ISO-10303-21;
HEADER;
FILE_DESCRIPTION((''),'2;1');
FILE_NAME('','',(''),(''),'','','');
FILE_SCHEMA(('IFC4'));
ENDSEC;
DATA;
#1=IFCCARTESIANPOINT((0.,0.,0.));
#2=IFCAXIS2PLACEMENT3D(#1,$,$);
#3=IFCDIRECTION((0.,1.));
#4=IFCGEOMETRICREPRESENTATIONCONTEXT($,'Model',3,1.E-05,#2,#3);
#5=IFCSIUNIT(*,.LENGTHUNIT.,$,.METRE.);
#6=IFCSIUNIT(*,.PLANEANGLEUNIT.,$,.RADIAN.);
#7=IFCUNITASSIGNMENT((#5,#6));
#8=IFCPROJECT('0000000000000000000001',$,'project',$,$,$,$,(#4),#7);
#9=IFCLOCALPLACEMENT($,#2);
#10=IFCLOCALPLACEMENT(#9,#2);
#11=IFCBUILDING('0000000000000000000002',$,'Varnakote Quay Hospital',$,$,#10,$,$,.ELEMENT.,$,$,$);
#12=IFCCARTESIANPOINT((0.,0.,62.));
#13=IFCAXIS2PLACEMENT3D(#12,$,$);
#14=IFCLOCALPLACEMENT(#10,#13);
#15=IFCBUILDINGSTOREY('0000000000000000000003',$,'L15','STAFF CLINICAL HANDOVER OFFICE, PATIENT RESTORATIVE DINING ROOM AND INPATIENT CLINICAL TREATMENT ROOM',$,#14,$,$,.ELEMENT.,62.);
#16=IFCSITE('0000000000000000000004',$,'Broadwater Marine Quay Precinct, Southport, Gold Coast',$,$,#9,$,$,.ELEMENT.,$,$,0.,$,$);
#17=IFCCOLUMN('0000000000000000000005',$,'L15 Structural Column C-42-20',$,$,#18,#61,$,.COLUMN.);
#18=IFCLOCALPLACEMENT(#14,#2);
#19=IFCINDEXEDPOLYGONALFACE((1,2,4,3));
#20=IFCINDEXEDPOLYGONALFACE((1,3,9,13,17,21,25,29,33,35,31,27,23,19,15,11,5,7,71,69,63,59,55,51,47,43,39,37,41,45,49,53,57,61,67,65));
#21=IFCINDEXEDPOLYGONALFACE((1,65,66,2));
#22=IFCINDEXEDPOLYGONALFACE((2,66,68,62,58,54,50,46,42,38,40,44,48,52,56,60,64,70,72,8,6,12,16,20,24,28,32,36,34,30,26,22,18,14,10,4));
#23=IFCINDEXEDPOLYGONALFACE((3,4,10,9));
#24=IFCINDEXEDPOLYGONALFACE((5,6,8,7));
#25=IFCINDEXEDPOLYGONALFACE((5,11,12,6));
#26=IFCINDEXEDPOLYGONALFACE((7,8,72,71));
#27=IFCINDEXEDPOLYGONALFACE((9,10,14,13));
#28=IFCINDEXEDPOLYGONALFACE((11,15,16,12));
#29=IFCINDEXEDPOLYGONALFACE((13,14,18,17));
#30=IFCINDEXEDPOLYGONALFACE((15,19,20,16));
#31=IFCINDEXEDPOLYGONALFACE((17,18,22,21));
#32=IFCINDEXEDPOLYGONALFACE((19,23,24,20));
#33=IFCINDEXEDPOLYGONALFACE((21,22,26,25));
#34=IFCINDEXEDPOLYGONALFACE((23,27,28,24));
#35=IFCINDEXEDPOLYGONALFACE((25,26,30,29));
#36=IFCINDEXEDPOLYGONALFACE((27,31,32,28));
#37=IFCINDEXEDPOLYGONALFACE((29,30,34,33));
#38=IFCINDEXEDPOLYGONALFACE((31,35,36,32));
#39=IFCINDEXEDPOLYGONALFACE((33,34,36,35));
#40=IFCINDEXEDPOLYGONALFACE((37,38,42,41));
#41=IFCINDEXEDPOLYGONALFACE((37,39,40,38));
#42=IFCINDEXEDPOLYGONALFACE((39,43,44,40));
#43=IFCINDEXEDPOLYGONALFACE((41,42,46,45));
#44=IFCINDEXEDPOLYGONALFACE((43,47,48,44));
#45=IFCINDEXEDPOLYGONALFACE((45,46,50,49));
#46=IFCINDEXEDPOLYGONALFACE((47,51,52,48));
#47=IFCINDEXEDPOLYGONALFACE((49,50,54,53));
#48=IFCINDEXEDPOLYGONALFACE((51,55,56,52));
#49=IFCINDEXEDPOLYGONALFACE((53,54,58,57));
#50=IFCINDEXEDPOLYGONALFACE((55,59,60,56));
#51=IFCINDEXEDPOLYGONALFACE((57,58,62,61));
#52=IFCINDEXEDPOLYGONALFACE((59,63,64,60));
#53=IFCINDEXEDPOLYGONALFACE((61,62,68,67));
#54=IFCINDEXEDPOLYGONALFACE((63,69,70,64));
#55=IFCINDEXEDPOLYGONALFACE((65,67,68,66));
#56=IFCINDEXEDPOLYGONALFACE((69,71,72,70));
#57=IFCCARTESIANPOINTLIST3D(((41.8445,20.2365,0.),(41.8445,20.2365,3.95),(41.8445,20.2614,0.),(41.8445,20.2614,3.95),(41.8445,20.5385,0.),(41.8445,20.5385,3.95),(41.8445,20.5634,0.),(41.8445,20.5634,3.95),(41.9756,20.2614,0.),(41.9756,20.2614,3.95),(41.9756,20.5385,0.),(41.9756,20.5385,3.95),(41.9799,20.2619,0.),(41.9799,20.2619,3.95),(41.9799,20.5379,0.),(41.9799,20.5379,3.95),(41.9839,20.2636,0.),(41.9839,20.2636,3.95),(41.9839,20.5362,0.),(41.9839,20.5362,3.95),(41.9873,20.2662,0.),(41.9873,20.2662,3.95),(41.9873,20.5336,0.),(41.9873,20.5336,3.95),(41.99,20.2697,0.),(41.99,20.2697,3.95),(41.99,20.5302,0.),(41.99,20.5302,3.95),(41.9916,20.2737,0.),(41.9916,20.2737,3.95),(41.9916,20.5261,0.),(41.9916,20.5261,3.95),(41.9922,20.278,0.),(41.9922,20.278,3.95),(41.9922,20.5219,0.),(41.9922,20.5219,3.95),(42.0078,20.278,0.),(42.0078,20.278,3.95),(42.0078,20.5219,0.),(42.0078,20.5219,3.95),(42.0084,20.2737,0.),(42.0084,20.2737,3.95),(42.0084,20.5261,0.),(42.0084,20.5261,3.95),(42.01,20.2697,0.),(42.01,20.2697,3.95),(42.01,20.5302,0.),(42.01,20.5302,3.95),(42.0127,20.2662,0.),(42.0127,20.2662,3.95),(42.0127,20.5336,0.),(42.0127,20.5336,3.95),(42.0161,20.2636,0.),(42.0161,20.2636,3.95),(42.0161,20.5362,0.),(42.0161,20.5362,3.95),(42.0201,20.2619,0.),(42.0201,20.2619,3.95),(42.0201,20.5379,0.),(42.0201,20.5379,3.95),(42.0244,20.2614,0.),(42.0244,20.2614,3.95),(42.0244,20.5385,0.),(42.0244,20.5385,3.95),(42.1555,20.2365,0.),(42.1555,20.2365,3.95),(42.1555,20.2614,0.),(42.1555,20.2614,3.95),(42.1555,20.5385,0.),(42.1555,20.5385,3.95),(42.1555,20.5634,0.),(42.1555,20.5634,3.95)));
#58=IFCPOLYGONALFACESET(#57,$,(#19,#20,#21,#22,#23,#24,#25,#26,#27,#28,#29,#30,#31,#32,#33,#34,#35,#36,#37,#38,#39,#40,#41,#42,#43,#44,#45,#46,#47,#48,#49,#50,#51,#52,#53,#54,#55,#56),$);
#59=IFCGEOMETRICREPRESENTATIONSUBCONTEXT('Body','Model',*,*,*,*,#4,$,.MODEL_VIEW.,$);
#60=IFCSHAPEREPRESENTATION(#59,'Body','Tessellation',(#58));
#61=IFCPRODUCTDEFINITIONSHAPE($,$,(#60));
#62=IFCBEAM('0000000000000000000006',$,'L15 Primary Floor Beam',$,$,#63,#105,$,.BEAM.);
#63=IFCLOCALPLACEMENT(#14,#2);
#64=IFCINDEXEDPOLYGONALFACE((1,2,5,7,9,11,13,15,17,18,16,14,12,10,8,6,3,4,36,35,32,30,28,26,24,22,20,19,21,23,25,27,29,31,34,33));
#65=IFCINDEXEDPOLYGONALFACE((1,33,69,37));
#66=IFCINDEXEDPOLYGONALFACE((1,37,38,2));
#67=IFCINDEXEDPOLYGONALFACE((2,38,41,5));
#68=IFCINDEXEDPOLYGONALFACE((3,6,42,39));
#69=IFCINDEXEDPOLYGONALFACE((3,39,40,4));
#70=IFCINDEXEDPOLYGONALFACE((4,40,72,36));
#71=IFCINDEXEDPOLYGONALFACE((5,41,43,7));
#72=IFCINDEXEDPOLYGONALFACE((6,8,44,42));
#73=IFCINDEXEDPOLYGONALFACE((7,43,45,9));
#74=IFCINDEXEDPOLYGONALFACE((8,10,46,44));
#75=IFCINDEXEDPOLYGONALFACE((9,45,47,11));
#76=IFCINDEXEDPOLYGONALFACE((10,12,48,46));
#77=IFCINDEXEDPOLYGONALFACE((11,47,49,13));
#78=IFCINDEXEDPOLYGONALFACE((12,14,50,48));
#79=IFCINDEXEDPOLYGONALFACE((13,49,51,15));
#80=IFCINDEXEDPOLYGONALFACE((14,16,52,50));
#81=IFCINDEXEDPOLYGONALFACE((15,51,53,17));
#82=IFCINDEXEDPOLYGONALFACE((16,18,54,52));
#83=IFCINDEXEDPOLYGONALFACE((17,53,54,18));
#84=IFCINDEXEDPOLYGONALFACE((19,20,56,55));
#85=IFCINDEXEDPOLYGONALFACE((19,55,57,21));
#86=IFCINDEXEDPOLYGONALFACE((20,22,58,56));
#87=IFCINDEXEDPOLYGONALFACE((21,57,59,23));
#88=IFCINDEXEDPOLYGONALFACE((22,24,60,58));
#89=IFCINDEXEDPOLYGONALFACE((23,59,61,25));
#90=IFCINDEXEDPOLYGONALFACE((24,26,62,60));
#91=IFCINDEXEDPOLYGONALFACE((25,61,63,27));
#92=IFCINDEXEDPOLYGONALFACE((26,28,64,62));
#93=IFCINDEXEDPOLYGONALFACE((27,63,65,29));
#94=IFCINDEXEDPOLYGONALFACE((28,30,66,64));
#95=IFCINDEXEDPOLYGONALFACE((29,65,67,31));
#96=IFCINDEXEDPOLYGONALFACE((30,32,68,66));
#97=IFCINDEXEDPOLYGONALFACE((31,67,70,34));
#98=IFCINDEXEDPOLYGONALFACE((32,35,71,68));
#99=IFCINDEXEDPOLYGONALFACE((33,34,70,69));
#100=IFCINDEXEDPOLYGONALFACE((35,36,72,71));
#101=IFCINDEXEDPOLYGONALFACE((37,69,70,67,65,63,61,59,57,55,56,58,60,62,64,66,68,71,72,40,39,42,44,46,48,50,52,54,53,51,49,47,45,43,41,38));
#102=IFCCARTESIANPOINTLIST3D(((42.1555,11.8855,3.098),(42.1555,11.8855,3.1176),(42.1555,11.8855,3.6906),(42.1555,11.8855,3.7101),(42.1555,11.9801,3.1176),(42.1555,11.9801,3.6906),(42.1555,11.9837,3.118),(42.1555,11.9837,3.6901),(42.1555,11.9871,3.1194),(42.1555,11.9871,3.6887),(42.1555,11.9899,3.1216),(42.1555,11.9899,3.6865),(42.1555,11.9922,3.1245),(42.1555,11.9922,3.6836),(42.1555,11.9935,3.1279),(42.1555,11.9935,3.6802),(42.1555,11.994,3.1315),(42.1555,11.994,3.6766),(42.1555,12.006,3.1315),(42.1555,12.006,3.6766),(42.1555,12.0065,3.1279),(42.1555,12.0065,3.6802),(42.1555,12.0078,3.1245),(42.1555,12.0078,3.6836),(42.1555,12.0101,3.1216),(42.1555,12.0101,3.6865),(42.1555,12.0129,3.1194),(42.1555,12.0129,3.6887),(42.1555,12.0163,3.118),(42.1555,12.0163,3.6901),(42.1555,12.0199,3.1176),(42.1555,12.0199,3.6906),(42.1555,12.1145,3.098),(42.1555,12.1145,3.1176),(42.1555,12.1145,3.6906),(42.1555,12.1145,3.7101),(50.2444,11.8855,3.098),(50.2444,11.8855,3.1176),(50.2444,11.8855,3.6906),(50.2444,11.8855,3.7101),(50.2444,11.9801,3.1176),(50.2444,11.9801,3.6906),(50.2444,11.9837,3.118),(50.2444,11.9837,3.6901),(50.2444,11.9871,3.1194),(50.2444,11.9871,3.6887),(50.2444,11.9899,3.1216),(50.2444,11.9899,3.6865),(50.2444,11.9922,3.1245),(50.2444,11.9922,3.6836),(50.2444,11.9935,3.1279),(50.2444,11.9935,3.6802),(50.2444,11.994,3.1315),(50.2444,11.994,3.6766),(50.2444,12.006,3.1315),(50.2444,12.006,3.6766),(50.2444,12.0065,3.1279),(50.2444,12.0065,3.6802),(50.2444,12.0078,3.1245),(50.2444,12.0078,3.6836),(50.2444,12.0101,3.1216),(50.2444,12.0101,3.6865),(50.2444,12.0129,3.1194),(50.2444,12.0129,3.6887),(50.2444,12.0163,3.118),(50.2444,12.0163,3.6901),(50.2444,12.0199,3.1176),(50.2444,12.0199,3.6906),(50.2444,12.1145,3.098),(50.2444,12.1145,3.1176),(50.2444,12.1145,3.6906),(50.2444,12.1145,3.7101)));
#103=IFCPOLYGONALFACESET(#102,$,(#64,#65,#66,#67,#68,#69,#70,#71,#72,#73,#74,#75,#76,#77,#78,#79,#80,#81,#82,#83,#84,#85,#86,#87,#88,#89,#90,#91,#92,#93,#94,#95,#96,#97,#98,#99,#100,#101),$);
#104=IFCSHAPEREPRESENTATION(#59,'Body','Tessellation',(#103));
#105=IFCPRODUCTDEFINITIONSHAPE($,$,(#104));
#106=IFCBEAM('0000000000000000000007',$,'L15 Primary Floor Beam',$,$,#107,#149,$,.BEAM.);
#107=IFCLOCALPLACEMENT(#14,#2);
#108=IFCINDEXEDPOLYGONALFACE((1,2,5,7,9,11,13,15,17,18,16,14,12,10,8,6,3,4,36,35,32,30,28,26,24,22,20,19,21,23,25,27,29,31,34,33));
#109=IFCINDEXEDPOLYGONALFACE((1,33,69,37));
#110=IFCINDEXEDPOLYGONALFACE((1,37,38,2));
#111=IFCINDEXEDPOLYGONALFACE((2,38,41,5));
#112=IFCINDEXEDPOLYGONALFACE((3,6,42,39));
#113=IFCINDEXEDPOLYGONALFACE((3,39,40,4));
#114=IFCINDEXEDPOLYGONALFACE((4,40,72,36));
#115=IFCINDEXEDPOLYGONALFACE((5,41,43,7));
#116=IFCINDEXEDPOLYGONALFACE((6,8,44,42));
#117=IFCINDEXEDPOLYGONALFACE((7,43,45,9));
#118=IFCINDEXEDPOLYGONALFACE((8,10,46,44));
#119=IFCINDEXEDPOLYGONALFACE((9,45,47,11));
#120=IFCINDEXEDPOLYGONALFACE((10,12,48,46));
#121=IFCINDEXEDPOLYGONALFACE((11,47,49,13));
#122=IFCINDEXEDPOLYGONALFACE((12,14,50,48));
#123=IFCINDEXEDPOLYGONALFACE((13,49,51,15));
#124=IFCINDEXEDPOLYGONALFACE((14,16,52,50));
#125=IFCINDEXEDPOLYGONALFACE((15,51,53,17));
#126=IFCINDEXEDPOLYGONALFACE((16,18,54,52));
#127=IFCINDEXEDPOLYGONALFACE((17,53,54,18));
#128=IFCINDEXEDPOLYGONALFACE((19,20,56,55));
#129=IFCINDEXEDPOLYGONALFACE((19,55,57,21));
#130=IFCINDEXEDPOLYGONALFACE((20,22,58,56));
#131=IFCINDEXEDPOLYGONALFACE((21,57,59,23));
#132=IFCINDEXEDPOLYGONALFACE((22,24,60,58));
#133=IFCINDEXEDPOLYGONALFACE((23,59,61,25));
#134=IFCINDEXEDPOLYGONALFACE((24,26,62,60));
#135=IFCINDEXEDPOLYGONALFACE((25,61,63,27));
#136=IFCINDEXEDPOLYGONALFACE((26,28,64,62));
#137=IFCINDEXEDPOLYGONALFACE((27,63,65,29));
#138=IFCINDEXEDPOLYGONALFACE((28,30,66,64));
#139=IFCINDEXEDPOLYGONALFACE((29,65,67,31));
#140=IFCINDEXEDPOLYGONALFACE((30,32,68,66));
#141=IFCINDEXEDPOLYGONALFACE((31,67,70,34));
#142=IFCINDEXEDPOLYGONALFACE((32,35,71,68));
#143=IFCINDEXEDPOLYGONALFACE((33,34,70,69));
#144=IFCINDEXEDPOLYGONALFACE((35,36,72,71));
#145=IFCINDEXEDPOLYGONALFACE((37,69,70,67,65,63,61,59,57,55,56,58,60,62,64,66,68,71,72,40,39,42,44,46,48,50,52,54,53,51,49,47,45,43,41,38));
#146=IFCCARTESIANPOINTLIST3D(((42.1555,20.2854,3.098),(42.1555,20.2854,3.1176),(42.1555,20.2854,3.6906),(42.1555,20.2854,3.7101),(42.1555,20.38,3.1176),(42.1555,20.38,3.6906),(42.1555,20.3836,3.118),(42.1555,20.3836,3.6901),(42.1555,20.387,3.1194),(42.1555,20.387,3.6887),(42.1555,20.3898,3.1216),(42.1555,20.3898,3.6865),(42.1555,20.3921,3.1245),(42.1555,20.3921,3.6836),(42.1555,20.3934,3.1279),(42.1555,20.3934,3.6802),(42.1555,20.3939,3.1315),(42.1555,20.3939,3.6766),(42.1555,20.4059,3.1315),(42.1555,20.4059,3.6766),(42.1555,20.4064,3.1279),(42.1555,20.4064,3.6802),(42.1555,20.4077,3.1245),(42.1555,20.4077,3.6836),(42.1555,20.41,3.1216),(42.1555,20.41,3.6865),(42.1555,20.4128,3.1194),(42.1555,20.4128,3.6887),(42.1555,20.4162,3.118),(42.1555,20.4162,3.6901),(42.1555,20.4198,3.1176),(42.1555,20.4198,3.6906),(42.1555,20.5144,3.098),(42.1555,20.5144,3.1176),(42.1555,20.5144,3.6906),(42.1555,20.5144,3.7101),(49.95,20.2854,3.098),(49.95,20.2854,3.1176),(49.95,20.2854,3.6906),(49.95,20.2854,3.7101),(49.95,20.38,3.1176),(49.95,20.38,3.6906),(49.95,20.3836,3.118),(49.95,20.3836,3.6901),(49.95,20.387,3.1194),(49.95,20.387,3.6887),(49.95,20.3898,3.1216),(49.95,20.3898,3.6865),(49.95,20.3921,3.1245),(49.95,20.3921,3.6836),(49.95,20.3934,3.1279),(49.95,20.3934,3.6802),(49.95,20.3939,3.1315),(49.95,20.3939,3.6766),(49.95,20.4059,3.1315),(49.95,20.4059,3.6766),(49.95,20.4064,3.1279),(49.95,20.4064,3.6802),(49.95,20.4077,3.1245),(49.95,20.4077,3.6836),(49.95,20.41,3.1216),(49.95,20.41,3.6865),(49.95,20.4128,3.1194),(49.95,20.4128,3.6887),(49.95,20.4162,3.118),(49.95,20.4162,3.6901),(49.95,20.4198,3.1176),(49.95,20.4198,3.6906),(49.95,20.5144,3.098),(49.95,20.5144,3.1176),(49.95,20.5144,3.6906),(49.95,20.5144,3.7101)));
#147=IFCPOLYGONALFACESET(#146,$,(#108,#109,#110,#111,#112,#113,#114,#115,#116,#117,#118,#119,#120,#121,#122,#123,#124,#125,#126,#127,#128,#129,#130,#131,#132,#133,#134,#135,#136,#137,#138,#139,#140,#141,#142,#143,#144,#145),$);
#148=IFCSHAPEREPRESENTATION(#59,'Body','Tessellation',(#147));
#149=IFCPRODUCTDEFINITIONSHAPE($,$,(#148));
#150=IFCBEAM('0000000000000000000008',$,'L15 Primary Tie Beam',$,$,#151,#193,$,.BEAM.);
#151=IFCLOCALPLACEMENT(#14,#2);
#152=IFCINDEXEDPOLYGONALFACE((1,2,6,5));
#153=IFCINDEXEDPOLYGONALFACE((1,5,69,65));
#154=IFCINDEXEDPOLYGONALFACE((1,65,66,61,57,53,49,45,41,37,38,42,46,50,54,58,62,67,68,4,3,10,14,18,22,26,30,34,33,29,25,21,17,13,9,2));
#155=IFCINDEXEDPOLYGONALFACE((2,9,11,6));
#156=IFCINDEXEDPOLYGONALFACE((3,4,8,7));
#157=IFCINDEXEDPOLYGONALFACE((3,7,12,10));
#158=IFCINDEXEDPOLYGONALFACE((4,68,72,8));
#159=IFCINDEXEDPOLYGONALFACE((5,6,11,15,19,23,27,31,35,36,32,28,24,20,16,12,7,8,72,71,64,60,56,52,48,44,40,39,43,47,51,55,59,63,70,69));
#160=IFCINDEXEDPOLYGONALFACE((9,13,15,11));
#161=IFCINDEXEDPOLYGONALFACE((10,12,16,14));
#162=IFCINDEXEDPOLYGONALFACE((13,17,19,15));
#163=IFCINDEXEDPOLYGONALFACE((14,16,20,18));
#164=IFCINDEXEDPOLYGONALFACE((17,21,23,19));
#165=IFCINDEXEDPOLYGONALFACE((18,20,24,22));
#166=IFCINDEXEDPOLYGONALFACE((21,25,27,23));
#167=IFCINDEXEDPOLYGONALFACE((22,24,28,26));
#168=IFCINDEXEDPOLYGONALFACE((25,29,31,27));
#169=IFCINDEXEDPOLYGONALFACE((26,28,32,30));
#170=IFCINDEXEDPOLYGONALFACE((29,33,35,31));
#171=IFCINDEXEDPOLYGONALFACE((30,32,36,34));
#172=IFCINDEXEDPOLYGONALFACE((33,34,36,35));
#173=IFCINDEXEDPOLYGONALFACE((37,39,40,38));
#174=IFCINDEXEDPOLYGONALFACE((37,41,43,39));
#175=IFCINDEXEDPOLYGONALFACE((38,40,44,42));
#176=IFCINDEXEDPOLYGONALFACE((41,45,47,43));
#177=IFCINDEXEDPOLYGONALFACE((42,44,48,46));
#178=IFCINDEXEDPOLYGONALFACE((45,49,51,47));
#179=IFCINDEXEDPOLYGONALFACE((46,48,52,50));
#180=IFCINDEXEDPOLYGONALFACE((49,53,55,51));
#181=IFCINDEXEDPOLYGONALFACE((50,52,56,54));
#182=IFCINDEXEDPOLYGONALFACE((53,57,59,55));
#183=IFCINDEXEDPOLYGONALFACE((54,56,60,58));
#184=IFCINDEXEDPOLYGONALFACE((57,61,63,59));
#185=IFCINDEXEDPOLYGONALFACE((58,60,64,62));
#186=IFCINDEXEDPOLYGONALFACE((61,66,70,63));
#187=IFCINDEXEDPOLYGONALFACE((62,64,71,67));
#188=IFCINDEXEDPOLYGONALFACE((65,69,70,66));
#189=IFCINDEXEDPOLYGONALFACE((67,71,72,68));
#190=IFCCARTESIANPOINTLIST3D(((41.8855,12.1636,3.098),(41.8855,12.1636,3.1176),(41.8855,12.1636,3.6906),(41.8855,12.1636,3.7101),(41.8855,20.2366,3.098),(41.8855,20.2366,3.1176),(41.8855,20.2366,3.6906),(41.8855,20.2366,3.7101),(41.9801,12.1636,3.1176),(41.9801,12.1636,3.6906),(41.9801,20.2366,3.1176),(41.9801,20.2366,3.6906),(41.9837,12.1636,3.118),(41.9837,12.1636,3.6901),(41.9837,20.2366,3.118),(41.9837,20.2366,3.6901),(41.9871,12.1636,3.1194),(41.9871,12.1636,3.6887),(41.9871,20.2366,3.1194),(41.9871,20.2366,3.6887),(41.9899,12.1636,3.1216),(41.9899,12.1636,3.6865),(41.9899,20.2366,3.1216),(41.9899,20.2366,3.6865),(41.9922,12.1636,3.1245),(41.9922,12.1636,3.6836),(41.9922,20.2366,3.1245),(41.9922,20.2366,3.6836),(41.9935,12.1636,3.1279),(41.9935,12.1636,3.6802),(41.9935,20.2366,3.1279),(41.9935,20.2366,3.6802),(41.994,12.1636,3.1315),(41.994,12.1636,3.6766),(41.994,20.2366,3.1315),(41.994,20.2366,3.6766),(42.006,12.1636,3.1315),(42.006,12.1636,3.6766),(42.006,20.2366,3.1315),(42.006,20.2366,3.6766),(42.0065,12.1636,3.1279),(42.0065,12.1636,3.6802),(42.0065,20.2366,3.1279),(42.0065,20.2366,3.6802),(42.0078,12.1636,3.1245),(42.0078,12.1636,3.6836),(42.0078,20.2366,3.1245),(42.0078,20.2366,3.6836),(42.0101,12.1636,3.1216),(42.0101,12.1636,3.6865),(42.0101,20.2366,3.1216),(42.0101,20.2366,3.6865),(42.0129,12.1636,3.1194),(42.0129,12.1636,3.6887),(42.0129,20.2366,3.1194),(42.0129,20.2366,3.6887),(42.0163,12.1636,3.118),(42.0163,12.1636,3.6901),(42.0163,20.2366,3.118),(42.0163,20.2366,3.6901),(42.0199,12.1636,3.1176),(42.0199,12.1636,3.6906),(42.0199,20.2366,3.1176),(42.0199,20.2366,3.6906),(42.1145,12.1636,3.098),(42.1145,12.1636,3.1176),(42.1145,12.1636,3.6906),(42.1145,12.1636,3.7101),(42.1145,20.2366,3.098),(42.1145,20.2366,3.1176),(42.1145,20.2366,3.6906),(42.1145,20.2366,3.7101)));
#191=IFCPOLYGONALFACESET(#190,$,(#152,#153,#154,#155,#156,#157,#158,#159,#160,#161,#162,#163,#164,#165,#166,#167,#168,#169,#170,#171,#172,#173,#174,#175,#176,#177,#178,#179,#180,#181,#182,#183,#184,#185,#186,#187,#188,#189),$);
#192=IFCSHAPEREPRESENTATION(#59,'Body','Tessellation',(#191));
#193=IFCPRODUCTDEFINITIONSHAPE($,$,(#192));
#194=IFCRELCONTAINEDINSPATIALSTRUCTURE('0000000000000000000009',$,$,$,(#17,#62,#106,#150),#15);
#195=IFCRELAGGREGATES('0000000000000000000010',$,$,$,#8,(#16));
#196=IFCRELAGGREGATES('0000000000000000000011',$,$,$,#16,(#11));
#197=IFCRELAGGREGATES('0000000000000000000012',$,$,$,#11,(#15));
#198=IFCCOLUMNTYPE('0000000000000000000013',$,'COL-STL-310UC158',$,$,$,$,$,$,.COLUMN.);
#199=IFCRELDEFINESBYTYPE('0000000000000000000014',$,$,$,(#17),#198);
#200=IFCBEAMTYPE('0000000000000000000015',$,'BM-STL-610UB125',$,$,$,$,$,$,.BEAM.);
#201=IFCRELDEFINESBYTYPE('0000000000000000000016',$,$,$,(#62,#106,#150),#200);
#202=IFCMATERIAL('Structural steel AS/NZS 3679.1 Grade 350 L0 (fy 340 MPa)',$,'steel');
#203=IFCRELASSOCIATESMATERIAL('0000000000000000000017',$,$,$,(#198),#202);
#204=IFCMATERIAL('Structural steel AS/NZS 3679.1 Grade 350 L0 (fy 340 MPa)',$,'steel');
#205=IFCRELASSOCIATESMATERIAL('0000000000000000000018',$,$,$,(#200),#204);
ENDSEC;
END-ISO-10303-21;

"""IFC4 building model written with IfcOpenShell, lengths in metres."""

from ifc_helpers import new_model, si_unit, direction, frame, origin, origin_2d, place, context, subcontext, project, spatial, i_section, extrude, material, material_profile, profile_set, type_object, element, save


model = new_model("IFC4")

# Units and contexts
model_context = context("Model", 3, precision=1e-05, world=origin(), true_north=direction((0.0, 1.0)))
body_context = subcontext(model_context, "Body", "Model", "MODEL_VIEW")
ifc_project = project(units=[si_unit("LENGTHUNIT", "METRE"), si_unit("PLANEANGLEUNIT", "RADIAN")], contexts=[model_context])

# Site, building, storey
site_placement = place(None, origin())
site = spatial("IfcSite", under=ifc_project, at=site_placement, Name="Broadwater Marine Quay Precinct, Southport, Gold Coast", CompositionType="ELEMENT", RefElevation=0.0)
building_placement = place(site_placement, origin())
building = spatial("IfcBuilding", under=site, at=building_placement, Name="Varnakote Quay Hospital", CompositionType="ELEMENT")
storey_placement = place(building_placement, frame((0.0, 0.0, 62.0)))
storey = spatial("IfcBuildingStorey", under=building, at=storey_placement, Name="L15", Description="STAFF CLINICAL HANDOVER OFFICE, PATIENT RESTORATIVE DINING ROOM AND INPATIENT CLINICAL TREATMENT ROOM", CompositionType="ELEMENT", Elevation=62.0)

# Column
ifc_material_1 = material(Name="Structural steel AS/NZS 3679.1 Grade 350 L0 (fy 340 MPa)", Category="steel")
ifc_material_profile_1 = material_profile(ifc_material_1, i_section(OverallWidth=0.311, OverallDepth=0.3269, WebThickness=0.0156, FlangeThickness=0.0249, FilletRadius=0.0166, at=origin_2d()), Name="310UC158")
ifc_profile_set_1 = profile_set([ifc_material_profile_1], Name="Structural steel AS/NZS 3679.1 Grade 350 L0 (fy 340 MPa)")
column_type = type_object("IfcColumnType", Name="COL-STL-310UC158", PredefinedType="COLUMN", material=ifc_profile_set_1)
column_placement = place(storey_placement, frame((42.0, 20.3999, 0.0), z_axis=(0.0, 0.0, 1.0), x_axis=(1.0, 0.0, 0.0)))
element("IfcColumn", 1, at=column_placement, inside=storey, type_object=column_type, Name="L15 Structural Column C-42-20", PredefinedType="COLUMN", context=body_context, shape_type="SweptSolid", body=[
    extrude(i_section(OverallWidth=0.311, OverallDepth=0.3269, WebThickness=0.0156, FlangeThickness=0.0249, FilletRadius=0.0166, at=origin_2d()), origin(), (0.0, 0.0, 1.0), 3.95),
])

# Beams
ifc_material_2 = material(Name="Structural steel AS/NZS 3679.1 Grade 350 L0 (fy 340 MPa)", Category="steel")
ifc_material_profile_2 = material_profile(ifc_material_2, i_section(OverallWidth=0.229, OverallDepth=0.6121, WebThickness=0.012, FlangeThickness=0.0195, FilletRadius=0.0139, at=origin_2d()), Name="610UB125")
ifc_profile_set_2 = profile_set([ifc_material_profile_2], Name="Structural steel AS/NZS 3679.1 Grade 350 L0 (fy 340 MPa)")
beam_type_1 = type_object("IfcBeamType", Name="BM-STL-610UB125", PredefinedType="BEAM", material=ifc_profile_set_2)
beam_1_placement = place(storey_placement, frame((42.1555, 12.0, 3.4041), z_axis=(1.0, 0.0, 0.0), x_axis=(0.0, 1.0, 0.0)))
element("IfcBeam", 2, at=beam_1_placement, inside=storey, type_object=beam_type_1, Name="L15 Primary Floor Beam", PredefinedType="BEAM", context=body_context, shape_type="SweptSolid", body=[
    extrude(i_section(OverallWidth=0.229, OverallDepth=0.6121, WebThickness=0.012, FlangeThickness=0.0195, FilletRadius=0.0139, at=origin_2d()), origin(), (0.0, 0.0, 1.0), 8.0889),
])
beam_2_placement = place(storey_placement, frame((42.1555, 20.3999, 3.4041), z_axis=(1.0, 0.0, 0.0), x_axis=(0.0, 1.0, 0.0)))
element("IfcBeam", 3, at=beam_2_placement, inside=storey, type_object=beam_type_1, Name="L15 Primary Floor Beam", PredefinedType="BEAM", context=body_context, shape_type="SweptSolid", body=[
    extrude(i_section(OverallWidth=0.229, OverallDepth=0.6121, WebThickness=0.012, FlangeThickness=0.0195, FilletRadius=0.0139, at=origin_2d()), origin(), (0.0, 0.0, 1.0), 7.7944),
])
for number, where, z_axis, x_axis, name in (
    (4, (42.0, 12.1636, 3.4041), (0.0, 1.0, 0.0), (-1.0, 0.0, 0.0), "L15 Primary Tie Beam"),
):
    element("IfcBeam", number, at=place(storey_placement, frame(where, z_axis=z_axis, x_axis=x_axis)), inside=storey, type_object=beam_type_1, Name=name, PredefinedType="BEAM", context=body_context, shape_type="SweptSolid", body=[
        extrude(i_section(OverallWidth=0.229, OverallDepth=0.6121, WebThickness=0.012, FlangeThickness=0.0195, FilletRadius=0.0139, at=origin_2d()), origin(), (0.0, 0.0, 1.0), 8.073),
    ])

save(model, "model.ifc")
